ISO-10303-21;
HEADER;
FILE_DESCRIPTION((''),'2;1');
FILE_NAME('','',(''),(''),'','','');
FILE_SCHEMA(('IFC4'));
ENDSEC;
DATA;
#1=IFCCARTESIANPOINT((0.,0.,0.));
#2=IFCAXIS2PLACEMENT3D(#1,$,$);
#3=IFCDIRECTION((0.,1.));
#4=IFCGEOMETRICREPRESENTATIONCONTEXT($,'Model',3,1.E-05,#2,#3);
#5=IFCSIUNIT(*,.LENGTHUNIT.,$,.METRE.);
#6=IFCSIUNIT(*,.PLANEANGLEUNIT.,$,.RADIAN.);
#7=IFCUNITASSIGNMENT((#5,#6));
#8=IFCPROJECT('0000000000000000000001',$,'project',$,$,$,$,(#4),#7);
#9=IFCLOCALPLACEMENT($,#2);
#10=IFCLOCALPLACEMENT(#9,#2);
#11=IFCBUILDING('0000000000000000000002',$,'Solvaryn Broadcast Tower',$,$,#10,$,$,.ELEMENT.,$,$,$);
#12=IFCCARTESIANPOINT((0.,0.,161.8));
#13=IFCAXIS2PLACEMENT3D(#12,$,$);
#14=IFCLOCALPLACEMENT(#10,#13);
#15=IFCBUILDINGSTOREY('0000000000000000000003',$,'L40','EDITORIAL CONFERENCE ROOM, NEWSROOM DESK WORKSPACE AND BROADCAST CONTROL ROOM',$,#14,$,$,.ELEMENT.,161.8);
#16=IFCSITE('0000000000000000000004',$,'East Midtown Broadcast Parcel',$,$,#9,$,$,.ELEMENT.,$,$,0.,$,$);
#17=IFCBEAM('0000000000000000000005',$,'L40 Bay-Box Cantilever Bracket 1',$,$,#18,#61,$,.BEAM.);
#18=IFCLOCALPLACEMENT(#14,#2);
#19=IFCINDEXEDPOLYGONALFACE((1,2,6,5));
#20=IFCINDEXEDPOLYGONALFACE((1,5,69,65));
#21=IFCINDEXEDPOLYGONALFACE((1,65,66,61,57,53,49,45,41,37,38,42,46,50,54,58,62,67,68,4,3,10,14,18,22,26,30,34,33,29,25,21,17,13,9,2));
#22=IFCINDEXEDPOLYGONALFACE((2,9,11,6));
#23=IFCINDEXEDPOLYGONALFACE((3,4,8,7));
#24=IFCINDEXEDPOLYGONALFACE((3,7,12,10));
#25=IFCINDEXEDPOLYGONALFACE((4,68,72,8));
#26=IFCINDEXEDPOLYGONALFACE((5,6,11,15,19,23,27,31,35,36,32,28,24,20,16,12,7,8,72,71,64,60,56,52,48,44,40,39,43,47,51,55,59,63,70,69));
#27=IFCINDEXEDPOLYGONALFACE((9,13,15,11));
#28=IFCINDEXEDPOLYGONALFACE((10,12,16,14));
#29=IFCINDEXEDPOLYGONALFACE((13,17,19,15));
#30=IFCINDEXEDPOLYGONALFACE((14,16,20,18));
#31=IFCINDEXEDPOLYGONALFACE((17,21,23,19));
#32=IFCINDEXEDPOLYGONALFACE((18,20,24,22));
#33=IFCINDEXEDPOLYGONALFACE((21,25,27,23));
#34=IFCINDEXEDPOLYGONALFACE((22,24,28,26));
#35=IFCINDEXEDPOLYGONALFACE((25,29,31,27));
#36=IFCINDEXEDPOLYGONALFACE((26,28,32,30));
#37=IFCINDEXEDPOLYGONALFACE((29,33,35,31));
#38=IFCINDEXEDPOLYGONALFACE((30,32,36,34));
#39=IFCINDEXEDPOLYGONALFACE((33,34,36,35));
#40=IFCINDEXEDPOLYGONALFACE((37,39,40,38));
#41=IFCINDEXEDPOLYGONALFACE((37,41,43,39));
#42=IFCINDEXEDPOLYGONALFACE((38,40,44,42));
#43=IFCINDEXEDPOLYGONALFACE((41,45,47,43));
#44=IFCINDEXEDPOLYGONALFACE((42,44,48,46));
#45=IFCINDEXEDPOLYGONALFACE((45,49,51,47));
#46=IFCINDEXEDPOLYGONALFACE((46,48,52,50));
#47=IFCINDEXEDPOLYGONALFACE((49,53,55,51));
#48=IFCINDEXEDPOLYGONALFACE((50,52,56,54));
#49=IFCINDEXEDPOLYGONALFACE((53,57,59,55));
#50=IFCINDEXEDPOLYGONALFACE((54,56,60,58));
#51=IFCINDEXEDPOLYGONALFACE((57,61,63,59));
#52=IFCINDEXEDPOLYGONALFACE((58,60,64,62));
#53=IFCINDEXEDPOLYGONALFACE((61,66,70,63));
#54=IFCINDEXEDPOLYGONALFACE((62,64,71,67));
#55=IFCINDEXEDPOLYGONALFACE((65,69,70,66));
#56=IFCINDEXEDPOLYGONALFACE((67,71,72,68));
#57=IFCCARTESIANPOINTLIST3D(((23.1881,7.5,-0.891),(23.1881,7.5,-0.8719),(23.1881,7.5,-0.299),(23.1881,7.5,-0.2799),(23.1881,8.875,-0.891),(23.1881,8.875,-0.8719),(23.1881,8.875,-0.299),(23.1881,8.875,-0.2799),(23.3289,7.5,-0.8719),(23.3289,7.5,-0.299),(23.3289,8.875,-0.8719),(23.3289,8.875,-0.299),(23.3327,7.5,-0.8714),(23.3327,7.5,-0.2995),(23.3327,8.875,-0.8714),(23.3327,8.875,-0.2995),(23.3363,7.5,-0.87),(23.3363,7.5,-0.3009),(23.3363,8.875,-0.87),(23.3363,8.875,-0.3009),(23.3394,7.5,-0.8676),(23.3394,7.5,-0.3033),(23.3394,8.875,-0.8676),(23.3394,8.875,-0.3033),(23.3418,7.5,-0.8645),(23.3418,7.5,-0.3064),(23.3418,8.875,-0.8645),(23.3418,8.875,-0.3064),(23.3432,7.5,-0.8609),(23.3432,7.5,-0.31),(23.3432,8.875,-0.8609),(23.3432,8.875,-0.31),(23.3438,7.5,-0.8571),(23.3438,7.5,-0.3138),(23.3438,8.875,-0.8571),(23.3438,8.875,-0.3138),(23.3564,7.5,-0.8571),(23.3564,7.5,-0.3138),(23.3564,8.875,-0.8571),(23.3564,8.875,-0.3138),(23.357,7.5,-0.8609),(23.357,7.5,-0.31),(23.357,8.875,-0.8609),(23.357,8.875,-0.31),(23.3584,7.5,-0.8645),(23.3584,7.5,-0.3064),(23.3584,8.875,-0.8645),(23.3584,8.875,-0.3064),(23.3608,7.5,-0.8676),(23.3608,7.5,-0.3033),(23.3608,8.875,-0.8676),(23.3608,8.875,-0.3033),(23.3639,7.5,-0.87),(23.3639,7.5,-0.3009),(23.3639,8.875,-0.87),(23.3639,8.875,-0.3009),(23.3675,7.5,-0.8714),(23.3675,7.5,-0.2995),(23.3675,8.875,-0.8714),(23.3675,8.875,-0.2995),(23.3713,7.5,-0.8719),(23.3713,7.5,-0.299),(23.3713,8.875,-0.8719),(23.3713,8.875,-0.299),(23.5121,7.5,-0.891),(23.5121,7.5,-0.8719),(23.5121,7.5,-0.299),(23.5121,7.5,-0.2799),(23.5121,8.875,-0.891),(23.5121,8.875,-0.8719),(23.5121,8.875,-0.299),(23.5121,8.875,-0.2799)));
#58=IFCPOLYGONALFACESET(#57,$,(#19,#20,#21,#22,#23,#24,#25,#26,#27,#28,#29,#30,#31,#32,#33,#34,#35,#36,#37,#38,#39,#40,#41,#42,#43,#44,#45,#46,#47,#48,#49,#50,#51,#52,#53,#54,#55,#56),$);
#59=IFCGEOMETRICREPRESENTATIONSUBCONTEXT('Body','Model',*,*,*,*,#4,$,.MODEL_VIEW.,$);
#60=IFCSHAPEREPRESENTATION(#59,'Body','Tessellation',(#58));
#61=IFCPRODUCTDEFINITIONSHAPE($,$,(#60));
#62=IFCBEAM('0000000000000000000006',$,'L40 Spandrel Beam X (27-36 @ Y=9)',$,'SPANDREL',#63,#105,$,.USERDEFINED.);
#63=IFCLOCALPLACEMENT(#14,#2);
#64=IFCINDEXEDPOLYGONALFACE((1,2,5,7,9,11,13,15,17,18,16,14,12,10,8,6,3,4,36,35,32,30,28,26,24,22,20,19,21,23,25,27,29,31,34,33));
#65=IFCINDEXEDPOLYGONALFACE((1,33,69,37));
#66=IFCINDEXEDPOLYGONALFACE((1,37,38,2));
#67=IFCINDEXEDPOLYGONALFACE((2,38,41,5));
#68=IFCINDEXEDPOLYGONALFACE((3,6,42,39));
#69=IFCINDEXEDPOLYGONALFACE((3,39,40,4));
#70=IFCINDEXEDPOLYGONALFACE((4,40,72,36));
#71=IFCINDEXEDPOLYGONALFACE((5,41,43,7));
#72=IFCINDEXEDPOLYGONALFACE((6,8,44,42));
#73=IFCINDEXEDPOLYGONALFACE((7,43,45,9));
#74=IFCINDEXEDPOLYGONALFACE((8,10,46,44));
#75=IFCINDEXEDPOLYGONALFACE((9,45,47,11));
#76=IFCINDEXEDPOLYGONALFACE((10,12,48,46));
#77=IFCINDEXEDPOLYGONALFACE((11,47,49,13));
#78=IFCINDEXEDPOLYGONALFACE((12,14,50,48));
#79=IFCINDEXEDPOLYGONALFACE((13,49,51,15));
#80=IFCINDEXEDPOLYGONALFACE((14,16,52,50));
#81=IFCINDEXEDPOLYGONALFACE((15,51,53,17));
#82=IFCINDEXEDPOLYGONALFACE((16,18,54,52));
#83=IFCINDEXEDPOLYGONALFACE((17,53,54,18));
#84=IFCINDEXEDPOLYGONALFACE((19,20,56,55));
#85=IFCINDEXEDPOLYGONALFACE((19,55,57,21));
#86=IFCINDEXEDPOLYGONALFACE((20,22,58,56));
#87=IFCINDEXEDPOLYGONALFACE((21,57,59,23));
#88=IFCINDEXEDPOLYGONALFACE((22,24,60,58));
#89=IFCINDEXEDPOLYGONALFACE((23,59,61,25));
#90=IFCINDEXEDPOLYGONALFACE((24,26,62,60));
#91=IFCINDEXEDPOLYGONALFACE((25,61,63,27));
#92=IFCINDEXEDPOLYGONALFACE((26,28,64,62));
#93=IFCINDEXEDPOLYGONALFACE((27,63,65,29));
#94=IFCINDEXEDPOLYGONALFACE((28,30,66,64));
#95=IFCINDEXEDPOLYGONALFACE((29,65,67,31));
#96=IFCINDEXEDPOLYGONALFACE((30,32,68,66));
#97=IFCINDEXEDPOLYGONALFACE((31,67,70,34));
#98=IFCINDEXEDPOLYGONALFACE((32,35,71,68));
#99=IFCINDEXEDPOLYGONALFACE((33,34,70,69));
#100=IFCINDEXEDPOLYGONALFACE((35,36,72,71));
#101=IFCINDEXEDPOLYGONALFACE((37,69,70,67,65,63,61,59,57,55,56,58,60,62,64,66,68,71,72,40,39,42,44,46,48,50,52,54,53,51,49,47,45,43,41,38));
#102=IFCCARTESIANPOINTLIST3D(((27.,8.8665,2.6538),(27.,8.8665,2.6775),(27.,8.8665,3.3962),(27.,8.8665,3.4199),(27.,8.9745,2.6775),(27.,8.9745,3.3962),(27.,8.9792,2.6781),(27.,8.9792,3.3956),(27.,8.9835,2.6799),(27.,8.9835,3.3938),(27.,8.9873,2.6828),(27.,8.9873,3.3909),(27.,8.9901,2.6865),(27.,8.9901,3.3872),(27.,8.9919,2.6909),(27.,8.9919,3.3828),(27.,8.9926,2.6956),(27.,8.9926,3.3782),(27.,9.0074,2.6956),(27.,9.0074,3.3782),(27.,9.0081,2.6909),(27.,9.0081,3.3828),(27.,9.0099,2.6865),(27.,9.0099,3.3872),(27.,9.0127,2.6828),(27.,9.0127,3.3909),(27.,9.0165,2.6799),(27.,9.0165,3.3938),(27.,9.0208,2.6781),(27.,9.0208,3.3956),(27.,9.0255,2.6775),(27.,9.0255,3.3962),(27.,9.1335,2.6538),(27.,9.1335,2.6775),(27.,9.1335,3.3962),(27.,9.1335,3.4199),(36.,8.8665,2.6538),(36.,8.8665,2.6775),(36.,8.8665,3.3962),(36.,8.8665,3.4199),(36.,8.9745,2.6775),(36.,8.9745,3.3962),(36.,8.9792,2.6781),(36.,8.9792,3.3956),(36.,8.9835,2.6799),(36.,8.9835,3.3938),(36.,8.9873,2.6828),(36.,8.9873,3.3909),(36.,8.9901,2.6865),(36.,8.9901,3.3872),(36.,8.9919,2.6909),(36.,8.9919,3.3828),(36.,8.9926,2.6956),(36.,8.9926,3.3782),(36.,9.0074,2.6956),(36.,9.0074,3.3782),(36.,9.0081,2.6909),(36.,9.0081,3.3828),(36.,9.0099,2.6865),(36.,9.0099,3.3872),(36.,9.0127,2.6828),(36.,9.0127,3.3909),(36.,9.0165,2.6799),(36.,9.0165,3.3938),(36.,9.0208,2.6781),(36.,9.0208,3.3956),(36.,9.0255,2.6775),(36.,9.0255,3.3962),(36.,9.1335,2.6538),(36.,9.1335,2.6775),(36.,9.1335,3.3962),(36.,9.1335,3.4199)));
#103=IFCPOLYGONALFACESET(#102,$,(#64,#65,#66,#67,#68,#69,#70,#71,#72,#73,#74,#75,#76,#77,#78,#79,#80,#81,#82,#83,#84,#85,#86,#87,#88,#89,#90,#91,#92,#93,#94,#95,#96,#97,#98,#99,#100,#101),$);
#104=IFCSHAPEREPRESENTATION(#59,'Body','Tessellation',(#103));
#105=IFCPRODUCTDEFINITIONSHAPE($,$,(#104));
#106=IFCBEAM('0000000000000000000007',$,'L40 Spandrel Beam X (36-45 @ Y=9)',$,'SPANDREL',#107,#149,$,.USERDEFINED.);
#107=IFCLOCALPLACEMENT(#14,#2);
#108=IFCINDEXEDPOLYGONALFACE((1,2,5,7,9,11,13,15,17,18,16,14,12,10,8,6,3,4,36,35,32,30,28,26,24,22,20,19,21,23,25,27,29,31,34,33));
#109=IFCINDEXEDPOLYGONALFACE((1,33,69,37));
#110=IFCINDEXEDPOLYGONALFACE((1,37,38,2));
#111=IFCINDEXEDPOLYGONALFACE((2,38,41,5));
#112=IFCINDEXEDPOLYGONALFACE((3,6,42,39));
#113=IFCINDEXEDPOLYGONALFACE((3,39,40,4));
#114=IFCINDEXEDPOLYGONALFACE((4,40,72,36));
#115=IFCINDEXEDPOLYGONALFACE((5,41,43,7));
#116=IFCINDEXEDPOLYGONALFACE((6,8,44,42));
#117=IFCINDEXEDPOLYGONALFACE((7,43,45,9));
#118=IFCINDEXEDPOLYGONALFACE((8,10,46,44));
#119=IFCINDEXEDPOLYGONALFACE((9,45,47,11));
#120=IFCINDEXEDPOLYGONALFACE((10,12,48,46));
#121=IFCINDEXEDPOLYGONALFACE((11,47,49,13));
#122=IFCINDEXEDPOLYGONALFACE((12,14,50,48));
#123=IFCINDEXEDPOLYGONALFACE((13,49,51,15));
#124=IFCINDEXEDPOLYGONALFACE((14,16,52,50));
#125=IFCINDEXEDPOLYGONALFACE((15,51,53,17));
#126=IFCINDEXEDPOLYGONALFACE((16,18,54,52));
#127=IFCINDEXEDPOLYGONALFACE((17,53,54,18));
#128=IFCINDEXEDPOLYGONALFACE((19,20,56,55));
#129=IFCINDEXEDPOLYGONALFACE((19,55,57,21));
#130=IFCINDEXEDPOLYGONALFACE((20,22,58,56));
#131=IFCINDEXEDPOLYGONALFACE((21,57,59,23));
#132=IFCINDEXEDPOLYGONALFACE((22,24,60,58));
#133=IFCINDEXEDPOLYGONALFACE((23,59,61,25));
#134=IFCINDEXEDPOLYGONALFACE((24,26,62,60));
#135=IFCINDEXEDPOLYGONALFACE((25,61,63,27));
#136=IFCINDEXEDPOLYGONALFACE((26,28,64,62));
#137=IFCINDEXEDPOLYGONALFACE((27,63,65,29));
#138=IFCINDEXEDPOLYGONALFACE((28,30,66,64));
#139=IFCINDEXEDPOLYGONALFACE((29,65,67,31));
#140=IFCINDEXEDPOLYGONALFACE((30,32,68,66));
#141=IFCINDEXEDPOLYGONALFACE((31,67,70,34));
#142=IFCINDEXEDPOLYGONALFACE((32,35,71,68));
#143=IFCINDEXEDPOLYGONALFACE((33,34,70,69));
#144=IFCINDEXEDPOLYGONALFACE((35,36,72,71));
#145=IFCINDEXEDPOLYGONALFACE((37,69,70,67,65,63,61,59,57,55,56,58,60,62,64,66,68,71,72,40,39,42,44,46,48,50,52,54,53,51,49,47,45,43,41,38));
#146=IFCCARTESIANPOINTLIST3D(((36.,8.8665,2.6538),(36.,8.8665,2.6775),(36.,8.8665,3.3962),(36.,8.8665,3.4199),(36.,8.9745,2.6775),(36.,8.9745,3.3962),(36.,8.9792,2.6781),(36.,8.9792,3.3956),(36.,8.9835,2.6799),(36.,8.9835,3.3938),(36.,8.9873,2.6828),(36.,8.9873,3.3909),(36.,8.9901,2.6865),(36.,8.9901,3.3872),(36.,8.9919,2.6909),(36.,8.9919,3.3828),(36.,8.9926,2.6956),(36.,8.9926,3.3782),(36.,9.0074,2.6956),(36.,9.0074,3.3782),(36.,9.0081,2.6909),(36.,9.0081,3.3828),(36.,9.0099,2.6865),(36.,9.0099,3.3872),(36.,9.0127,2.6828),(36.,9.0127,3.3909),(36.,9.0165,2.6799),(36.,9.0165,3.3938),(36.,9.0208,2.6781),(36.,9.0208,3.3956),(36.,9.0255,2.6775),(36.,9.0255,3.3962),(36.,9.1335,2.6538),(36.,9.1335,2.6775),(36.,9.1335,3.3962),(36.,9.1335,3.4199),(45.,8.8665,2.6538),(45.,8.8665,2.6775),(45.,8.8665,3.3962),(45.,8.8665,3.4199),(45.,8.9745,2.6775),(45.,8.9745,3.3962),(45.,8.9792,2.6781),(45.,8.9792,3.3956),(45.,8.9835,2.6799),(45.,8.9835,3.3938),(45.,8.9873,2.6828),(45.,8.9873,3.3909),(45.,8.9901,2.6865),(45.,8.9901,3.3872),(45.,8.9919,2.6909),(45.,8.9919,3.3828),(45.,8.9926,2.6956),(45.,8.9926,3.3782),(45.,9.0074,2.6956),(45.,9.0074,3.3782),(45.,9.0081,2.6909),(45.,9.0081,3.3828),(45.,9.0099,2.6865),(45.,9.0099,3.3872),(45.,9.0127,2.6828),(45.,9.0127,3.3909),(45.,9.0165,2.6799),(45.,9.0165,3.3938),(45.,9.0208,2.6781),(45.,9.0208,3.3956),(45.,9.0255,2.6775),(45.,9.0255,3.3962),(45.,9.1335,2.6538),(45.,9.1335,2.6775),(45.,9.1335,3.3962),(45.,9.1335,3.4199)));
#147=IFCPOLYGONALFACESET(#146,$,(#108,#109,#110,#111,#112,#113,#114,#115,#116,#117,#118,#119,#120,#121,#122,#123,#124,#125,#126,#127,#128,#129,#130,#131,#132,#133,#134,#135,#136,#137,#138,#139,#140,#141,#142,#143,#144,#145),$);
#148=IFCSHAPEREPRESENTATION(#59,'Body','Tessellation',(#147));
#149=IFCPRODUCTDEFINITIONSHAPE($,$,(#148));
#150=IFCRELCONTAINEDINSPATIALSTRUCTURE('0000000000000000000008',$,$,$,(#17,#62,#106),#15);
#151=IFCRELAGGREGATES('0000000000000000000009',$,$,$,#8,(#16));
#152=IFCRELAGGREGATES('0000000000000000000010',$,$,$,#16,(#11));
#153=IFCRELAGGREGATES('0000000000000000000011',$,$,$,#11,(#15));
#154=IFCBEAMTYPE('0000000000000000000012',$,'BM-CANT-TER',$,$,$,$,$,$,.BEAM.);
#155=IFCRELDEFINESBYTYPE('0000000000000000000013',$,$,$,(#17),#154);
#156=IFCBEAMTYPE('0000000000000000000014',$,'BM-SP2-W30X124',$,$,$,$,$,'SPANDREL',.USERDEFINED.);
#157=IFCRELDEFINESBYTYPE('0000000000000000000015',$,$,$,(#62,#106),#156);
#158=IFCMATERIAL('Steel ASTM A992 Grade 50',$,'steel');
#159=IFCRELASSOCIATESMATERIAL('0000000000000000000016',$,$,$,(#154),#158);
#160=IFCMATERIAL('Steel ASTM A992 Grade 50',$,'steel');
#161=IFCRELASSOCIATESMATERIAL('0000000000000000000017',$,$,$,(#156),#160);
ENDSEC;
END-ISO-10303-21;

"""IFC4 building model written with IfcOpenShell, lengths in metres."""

from ifc_helpers import new_model, si_unit, direction, frame, origin, origin_2d, place, context, subcontext, project, spatial, i_section, extrude, material, material_profile, profile_set, type_object, element, save


model = new_model("IFC4")

# Units and contexts
model_context = context("Model", 3, precision=1e-05, world=origin(), true_north=direction((0.0, 1.0)))
body_context = subcontext(model_context, "Body", "Model", "MODEL_VIEW")
ifc_project = project(units=[si_unit("LENGTHUNIT", "METRE"), si_unit("PLANEANGLEUNIT", "RADIAN")], contexts=[model_context])

# Site, building, storey
site_placement = place(None, origin())
site = spatial("IfcSite", under=ifc_project, at=site_placement, Name="East Midtown Broadcast Parcel", CompositionType="ELEMENT", RefElevation=0.0)
building_placement = place(site_placement, origin())
building = spatial("IfcBuilding", under=site, at=building_placement, Name="Solvaryn Broadcast Tower", CompositionType="ELEMENT")
storey_placement = place(building_placement, frame((0.0, 0.0, 161.8)))
storey = spatial("IfcBuildingStorey", under=building, at=storey_placement, Name="L40", Description="EDITORIAL CONFERENCE ROOM, NEWSROOM DESK WORKSPACE AND BROADCAST CONTROL ROOM", CompositionType="ELEMENT", Elevation=161.8)

# Beams
ifc_material_1 = material(Name="Steel ASTM A992 Grade 50", Category="steel")
ifc_material_profile_1 = material_profile(ifc_material_1, i_section(OverallWidth=0.324, OverallDepth=0.6111, WebThickness=0.0127, FlangeThickness=0.019, FilletRadius=0.0149, at=origin_2d()))
ifc_profile_set_1 = profile_set([ifc_material_profile_1], Name="Steel ASTM A992 Grade 50")
beam_type_1 = type_object("IfcBeamType", Name="BM-CANT-TER", PredefinedType="BEAM", material=ifc_profile_set_1)
beam_1_placement = place(storey_placement, frame((23.3501, 8.875, -0.5854), z_axis=(0.0, -1.0, 0.0), x_axis=(1.0, 0.0, 0.0)))
element("IfcBeam", 1, at=beam_1_placement, inside=storey, type_object=beam_type_1, Name="L40 Bay-Box Cantilever Bracket 1", PredefinedType="BEAM", context=body_context, shape_type="SweptSolid", body=[
    extrude(i_section(OverallWidth=0.324, OverallDepth=0.6111, WebThickness=0.0127, FlangeThickness=0.019, FilletRadius=0.0149, at=origin_2d()), origin(), (0.0, 0.0, 1.0), 1.375),
])
ifc_material_2 = material(Name="Steel ASTM A992 Grade 50", Category="steel")
ifc_material_profile_2 = material_profile(ifc_material_2, i_section(OverallWidth=0.2671, OverallDepth=0.7661, WebThickness=0.0149, FlangeThickness=0.0237, FilletRadius=0.0181, at=origin_2d()))
ifc_profile_set_2 = profile_set([ifc_material_profile_2], Name="Steel ASTM A992 Grade 50")
beam_type_2 = type_object("IfcBeamType", Name="BM-SP2-W30X124", ElementType="SPANDREL", PredefinedType="USERDEFINED", material=ifc_profile_set_2)
for number, where, z_axis, x_axis, name in (
    (2, (27.0, 9.0, 3.0369), (1.0, 0.0, 0.0), (0.0, 1.0, 0.0), "L40 Spandrel Beam X (27-36 @ Y=9)"),
    (3, (36.0, 9.0, 3.0369), (1.0, 0.0, 0.0), (0.0, 1.0, 0.0), "L40 Spandrel Beam X (36-45 @ Y=9)"),
):
    element("IfcBeam", number, at=place(storey_placement, frame(where, z_axis=z_axis, x_axis=x_axis)), inside=storey, type_object=beam_type_2, Name=name, ObjectType="SPANDREL", PredefinedType="USERDEFINED", context=body_context, shape_type="SweptSolid", body=[
        extrude(i_section(OverallWidth=0.2671, OverallDepth=0.7661, WebThickness=0.0149, FlangeThickness=0.0237, FilletRadius=0.0181, at=origin_2d()), origin(), (0.0, 0.0, 1.0), 9.0),
    ])

save(model, "model.ifc")
